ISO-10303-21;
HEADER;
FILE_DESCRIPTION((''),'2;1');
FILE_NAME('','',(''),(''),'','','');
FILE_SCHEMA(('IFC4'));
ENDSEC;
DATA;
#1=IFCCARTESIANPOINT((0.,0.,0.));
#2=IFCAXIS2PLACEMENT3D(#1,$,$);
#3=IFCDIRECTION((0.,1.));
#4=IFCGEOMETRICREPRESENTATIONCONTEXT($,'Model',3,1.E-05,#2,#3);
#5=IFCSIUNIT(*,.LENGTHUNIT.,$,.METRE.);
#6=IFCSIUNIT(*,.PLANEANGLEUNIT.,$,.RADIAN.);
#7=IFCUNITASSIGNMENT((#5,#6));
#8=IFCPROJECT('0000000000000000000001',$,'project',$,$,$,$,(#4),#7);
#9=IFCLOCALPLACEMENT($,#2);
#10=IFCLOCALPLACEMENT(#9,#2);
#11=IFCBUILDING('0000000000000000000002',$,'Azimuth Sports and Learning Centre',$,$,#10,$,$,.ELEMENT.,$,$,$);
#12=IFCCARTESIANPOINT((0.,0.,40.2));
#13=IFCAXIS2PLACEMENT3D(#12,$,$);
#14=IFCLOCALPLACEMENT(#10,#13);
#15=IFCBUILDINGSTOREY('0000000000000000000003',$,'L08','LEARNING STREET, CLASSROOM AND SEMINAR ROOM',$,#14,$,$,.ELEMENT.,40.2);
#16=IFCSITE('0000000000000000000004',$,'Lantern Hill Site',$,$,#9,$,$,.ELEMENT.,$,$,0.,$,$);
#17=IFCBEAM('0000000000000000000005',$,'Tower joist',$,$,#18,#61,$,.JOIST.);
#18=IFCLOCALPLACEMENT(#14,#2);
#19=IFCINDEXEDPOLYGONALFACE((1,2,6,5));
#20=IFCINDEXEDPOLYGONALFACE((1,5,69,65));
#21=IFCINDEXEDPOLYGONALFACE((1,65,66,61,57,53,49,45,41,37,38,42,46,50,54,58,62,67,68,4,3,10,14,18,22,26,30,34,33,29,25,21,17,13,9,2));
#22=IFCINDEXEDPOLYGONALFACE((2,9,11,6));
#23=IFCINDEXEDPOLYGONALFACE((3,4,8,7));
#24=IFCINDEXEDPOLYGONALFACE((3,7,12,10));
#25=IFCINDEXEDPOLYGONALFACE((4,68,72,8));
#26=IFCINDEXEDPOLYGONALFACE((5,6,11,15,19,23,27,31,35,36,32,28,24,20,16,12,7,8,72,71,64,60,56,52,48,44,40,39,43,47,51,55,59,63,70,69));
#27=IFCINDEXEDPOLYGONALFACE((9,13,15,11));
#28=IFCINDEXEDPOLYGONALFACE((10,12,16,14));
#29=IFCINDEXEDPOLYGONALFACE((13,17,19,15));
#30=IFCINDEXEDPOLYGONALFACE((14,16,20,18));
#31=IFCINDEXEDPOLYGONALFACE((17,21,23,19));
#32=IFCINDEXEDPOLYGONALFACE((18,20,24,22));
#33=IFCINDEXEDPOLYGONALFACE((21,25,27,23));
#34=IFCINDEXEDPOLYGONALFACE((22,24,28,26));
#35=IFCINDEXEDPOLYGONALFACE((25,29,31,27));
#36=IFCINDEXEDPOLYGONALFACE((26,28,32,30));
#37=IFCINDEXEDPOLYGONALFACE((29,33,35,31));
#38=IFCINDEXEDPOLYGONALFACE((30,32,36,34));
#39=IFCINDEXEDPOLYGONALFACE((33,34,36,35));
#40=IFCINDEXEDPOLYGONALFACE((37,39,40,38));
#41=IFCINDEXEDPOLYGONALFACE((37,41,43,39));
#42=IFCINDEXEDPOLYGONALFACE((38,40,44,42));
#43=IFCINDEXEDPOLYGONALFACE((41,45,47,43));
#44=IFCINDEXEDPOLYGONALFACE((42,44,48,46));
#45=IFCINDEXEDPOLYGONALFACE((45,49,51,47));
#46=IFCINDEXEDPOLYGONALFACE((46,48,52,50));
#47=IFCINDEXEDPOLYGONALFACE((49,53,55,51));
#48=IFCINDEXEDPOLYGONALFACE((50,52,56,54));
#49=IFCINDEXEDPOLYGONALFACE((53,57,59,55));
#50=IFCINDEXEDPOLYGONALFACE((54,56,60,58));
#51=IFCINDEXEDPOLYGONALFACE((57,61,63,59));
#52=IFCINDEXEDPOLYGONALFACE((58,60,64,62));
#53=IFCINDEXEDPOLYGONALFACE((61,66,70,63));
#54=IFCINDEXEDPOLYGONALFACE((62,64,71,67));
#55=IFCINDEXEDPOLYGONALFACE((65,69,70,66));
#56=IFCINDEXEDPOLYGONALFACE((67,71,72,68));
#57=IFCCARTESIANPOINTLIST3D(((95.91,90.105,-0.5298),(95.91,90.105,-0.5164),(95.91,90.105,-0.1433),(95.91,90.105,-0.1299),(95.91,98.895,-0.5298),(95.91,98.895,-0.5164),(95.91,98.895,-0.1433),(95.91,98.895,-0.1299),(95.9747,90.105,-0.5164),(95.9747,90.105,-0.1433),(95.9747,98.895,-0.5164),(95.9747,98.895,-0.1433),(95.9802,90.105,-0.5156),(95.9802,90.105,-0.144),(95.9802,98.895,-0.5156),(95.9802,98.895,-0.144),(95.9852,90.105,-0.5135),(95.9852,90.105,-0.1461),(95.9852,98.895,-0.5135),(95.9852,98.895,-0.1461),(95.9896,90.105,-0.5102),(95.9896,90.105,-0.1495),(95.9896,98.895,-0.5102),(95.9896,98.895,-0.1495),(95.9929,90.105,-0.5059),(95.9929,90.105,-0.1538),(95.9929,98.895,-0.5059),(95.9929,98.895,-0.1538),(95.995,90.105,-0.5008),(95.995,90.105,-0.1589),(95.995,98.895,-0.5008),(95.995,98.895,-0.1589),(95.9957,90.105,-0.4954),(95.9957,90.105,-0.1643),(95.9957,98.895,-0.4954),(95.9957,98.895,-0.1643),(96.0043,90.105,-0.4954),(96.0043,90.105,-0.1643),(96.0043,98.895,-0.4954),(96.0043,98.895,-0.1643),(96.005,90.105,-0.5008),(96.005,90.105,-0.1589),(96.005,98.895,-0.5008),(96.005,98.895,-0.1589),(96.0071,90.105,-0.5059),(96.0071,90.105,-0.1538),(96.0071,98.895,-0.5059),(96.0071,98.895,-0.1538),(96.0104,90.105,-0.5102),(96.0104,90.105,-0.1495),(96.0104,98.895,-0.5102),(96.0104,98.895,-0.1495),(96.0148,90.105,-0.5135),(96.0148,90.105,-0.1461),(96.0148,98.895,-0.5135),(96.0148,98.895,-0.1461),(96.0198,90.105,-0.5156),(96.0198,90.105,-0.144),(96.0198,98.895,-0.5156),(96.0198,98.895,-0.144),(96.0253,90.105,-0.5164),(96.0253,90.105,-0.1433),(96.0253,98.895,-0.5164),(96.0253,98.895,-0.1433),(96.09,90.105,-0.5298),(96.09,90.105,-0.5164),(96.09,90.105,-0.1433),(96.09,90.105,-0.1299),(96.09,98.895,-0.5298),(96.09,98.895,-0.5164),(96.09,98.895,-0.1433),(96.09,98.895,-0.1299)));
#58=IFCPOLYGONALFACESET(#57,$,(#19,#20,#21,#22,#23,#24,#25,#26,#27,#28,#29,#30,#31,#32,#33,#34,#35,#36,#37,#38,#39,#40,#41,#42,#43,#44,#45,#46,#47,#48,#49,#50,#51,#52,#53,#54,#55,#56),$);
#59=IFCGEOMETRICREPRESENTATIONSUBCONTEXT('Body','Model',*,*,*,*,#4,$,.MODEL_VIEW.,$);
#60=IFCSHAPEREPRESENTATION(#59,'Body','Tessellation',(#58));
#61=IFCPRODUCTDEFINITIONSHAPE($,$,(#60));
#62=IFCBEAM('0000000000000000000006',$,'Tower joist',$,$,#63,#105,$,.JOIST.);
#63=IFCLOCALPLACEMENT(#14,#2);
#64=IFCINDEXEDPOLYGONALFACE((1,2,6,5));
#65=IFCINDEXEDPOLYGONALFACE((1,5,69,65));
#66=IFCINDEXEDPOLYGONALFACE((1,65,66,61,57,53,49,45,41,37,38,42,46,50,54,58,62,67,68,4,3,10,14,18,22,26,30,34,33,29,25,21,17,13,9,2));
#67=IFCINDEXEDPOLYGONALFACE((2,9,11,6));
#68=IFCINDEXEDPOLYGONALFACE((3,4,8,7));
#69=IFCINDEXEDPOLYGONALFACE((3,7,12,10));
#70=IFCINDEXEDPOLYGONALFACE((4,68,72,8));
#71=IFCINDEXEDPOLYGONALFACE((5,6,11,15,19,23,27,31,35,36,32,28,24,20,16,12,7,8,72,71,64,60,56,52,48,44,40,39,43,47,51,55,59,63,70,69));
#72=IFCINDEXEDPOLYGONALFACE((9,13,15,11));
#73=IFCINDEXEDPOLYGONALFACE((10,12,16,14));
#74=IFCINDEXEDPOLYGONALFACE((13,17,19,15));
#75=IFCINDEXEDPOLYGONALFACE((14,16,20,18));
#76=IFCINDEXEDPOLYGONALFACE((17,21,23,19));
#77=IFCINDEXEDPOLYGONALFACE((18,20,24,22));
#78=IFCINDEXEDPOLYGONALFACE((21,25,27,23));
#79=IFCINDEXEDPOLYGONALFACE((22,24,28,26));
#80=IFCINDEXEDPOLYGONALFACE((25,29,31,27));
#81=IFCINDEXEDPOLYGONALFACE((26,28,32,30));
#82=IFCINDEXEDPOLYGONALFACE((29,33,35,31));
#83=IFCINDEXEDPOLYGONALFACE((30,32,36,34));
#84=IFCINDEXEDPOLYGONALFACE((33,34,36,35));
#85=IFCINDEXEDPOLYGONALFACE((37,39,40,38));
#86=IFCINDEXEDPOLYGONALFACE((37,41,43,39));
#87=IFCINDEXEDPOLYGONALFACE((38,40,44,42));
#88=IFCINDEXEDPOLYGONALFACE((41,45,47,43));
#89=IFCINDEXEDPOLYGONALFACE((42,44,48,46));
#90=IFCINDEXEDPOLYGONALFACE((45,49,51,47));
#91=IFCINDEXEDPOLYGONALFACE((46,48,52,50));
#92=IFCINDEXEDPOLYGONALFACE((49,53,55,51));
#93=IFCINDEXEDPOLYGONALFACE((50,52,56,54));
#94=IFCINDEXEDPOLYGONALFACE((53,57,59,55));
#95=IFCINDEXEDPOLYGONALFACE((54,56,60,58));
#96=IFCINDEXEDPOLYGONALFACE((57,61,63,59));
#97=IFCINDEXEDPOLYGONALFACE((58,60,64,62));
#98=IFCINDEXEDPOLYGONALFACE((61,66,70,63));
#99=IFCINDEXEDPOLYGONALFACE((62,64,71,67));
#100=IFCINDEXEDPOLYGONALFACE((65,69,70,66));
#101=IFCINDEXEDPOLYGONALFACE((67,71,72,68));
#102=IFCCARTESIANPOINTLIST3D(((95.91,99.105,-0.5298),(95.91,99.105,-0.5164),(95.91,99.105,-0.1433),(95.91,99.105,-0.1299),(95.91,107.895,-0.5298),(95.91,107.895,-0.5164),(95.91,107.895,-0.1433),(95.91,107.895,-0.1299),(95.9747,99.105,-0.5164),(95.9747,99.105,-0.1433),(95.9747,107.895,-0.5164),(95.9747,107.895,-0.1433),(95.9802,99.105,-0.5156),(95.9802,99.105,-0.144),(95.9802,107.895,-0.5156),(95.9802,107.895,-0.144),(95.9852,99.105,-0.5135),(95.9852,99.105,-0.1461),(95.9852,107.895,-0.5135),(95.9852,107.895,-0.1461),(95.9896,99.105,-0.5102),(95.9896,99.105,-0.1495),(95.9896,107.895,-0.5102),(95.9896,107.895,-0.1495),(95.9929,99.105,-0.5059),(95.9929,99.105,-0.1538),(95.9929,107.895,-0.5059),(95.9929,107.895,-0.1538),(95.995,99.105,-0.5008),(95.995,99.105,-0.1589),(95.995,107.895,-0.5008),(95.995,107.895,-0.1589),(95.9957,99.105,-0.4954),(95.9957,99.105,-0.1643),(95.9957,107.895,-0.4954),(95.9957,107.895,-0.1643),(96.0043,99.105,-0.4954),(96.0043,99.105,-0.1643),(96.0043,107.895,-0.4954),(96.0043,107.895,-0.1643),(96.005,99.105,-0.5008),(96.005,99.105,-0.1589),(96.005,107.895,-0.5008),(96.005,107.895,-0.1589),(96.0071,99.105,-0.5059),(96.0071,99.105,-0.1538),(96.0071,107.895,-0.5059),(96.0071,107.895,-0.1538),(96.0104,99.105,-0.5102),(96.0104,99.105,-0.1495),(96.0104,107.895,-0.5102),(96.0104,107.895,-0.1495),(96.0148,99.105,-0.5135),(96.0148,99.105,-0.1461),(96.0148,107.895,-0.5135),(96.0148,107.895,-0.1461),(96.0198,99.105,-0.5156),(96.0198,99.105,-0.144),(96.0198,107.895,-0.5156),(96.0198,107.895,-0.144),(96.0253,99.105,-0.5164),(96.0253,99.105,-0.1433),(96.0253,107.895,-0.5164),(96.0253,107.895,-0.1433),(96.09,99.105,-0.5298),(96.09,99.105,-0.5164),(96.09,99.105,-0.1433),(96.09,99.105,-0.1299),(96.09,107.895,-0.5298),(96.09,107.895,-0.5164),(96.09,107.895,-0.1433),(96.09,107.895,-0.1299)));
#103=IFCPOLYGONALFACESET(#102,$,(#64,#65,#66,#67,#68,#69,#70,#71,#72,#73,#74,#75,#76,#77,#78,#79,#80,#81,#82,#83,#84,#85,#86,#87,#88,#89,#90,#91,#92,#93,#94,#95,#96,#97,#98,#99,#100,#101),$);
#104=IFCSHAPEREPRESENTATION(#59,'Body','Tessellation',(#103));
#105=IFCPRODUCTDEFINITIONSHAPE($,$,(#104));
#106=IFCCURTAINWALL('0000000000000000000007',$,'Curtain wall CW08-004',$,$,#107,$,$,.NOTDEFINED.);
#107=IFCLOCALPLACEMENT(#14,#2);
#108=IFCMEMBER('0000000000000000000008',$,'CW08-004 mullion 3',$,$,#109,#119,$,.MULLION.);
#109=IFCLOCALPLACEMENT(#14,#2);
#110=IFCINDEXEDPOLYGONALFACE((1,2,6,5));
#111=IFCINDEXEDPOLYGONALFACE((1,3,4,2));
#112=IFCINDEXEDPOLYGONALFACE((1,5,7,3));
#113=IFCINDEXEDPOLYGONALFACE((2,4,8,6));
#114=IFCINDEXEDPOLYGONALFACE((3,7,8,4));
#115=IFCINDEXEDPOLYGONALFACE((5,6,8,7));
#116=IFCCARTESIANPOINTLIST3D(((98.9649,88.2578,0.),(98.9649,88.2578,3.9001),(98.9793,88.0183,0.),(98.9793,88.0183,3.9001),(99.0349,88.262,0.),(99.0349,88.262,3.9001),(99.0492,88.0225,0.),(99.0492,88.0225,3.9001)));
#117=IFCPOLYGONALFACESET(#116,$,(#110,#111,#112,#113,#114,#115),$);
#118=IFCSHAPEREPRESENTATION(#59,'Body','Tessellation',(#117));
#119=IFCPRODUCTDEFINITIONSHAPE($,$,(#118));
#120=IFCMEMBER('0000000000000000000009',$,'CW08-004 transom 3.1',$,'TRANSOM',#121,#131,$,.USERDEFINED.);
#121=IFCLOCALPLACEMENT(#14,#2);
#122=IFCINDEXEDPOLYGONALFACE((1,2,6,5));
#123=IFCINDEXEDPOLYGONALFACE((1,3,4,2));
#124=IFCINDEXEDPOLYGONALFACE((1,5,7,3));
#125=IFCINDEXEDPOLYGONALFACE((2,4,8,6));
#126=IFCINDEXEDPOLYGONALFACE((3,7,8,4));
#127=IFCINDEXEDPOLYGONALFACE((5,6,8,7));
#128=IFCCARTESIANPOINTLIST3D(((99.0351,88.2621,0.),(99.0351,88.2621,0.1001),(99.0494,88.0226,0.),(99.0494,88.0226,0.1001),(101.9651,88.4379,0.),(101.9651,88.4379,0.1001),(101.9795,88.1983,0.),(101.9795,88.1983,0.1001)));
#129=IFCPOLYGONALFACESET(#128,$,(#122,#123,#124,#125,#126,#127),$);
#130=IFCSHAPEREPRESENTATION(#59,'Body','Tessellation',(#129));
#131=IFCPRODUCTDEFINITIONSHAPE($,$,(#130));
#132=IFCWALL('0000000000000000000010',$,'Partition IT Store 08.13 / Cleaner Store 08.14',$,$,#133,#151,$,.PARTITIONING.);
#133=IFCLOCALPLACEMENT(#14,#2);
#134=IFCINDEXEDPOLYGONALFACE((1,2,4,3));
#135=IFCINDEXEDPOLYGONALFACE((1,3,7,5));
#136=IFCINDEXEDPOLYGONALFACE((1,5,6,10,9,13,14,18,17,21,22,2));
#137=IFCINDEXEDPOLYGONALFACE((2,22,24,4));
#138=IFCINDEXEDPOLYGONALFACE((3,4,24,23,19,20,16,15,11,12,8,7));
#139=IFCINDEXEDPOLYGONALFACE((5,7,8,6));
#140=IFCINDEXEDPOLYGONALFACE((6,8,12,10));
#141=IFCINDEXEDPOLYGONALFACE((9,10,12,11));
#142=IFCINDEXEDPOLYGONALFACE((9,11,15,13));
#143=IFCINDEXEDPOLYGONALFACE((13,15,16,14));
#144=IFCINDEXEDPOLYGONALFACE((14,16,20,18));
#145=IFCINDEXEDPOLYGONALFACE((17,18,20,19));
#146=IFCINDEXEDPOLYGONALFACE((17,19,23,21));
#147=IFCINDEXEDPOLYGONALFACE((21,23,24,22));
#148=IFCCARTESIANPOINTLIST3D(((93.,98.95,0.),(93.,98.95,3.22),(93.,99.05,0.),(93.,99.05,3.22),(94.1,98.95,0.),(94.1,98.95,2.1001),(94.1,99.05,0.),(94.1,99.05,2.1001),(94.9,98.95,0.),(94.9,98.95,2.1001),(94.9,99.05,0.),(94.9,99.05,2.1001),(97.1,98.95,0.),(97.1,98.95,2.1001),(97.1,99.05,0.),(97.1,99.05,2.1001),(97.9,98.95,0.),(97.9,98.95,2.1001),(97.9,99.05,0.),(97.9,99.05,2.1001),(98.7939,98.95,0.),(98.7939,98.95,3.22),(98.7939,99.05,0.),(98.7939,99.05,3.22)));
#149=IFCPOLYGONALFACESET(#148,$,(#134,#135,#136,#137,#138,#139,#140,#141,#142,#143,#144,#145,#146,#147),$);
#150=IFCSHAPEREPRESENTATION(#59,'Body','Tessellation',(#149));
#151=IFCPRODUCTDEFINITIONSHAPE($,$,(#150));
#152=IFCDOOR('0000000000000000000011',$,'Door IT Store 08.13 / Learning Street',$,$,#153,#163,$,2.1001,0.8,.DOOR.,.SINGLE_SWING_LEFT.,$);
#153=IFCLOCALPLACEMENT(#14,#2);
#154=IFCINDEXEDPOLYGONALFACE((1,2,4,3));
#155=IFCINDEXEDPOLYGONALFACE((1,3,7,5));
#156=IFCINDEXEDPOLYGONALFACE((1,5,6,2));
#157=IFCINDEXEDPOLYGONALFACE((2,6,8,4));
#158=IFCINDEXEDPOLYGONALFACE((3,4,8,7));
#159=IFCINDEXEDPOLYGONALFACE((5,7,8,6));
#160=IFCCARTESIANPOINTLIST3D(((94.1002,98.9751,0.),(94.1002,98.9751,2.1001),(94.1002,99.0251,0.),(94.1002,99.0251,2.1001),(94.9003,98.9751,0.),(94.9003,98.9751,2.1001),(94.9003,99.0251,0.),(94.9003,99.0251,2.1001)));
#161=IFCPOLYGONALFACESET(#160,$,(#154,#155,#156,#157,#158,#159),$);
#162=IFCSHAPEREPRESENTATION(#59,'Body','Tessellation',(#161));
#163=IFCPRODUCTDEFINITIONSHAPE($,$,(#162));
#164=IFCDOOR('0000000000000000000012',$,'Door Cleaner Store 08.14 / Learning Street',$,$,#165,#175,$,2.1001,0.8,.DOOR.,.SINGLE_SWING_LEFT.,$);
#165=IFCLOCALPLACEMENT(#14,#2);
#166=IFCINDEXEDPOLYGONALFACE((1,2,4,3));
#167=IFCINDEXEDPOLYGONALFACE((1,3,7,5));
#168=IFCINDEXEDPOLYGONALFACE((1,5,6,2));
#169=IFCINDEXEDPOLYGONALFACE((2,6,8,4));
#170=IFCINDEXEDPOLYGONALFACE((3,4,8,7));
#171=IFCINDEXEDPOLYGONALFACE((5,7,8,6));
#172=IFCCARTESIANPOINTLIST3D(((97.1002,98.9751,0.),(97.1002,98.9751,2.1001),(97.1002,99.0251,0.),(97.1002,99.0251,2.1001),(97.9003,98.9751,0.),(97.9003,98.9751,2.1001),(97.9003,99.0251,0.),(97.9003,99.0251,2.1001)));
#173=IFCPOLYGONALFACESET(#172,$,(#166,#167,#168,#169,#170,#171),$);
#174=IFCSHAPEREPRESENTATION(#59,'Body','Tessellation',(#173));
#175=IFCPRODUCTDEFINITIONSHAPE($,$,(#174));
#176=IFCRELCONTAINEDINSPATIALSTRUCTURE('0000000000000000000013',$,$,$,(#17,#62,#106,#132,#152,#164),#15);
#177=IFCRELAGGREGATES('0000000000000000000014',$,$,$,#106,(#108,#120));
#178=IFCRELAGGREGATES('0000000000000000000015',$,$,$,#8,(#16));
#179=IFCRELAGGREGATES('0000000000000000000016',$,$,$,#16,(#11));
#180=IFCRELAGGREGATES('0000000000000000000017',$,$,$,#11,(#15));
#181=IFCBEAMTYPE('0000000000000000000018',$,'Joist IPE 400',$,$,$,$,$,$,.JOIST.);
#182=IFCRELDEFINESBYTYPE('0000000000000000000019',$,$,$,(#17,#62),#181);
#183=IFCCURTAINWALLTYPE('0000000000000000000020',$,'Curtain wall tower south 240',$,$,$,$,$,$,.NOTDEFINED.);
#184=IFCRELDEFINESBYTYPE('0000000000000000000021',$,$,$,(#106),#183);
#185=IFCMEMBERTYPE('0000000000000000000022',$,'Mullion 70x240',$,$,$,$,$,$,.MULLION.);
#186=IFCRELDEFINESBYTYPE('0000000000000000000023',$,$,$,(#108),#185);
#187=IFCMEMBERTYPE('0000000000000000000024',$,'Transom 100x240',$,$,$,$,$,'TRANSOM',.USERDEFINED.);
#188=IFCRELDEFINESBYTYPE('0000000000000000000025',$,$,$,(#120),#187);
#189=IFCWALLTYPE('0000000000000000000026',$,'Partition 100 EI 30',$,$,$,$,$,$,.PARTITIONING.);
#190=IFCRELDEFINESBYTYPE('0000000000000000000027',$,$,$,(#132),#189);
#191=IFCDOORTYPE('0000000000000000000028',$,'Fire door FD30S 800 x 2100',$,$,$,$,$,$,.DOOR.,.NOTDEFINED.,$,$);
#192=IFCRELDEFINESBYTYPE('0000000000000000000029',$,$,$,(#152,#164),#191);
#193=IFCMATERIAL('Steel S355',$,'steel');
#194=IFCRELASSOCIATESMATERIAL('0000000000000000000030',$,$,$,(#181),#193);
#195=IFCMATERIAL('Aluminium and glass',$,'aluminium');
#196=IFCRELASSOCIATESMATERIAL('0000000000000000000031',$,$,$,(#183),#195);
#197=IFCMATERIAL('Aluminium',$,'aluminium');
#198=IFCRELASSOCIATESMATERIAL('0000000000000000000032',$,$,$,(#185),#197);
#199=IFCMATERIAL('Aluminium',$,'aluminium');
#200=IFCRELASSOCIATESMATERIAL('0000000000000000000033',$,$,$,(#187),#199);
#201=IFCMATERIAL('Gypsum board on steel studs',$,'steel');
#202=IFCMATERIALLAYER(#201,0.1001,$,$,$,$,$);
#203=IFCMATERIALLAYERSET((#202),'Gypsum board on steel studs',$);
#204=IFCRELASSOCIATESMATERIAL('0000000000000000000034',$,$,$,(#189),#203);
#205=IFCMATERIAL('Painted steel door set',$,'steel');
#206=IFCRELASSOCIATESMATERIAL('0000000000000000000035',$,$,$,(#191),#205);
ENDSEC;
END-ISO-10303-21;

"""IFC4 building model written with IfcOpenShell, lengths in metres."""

from ifc_helpers import new_model, si_unit, direction, frame, frame_2d, origin, origin_2d, place, context, subcontext, project, spatial, rectangle, i_section, extrude, material, layer, layer_set, material_profile, profile_set, type_object, element, fill, aggregate, save


model = new_model("IFC4")

# Units and contexts
model_context = context("Model", 3, precision=1e-05, world=origin(), true_north=direction((0.0, 1.0)))
body_context = subcontext(model_context, "Body", "Model", "MODEL_VIEW")
ifc_project = project(units=[si_unit("LENGTHUNIT", "METRE"), si_unit("PLANEANGLEUNIT", "RADIAN")], contexts=[model_context])

# Site, building, storey
site_placement = place(None, origin())
site = spatial("IfcSite", under=ifc_project, at=site_placement, Name="Lantern Hill Site", CompositionType="ELEMENT", RefElevation=0.0)
building_placement = place(site_placement, origin())
building = spatial("IfcBuilding", under=site, at=building_placement, Name="Azimuth Sports and Learning Centre", CompositionType="ELEMENT")
storey_placement = place(building_placement, frame((0.0, 0.0, 40.2)))
storey = spatial("IfcBuildingStorey", under=building, at=storey_placement, Name="L08", Description="LEARNING STREET, CLASSROOM AND SEMINAR ROOM", CompositionType="ELEMENT", Elevation=40.2)

# Beams
ifc_material_1 = material(Name="Steel S355", Category="steel")
ifc_material_profile_1 = material_profile(ifc_material_1, i_section(OverallWidth=0.1799, OverallDepth=0.3999, WebThickness=0.0085, FlangeThickness=0.0134, FilletRadius=0.021, at=origin_2d()), Name="IPE 400")
ifc_profile_set_1 = profile_set([ifc_material_profile_1], Name="Steel S355")
beam_type_1 = type_object("IfcBeamType", Name="Joist IPE 400", PredefinedType="JOIST", material=ifc_profile_set_1)
for number, where, z_axis, x_axis, name in (
    (1, (96.0, 90.105, -0.3298), (0.0, 1.0, 0.0), (-1.0, 0.0, 0.0), "Tower joist"),
    (2, (96.0, 99.105, -0.3298), (0.0, 1.0, 0.0), (-1.0, 0.0, 0.0), "Tower joist"),
):
    element("IfcBeam", number, at=place(storey_placement, frame(where, z_axis=z_axis, x_axis=x_axis)), inside=storey, type_object=beam_type_1, Name=name, PredefinedType="JOIST", context=body_context, shape_type="SweptSolid", body=[
        extrude(i_section(OverallWidth=0.1799, OverallDepth=0.3999, WebThickness=0.0085, FlangeThickness=0.0134, FilletRadius=0.021, at=origin_2d()), origin(), (0.0, 0.0, 1.0), 8.79),
    ])

# Curtain wall, members
ifc_material_2 = material(Name="Aluminium and glass", Category="aluminium")
curtain_wall_type = type_object("IfcCurtainWallType", Name="Curtain wall tower south 240", PredefinedType="NOTDEFINED", material=ifc_material_2)
curtain_wall_placement = place(storey_placement, origin())
curtain_wall = element("IfcCurtainWall", 3, at=curtain_wall_placement, inside=storey, type_object=curtain_wall_type, Name="Curtain wall CW08-004", PredefinedType="NOTDEFINED")
ifc_material_3 = material(Name="Aluminium", Category="aluminium")
ifc_material_profile_2 = material_profile(ifc_material_3, rectangle(XDim=0.24, YDim=0.0701, at=origin_2d()), Name="Mullion 70x240")
ifc_profile_set_2 = profile_set([ifc_material_profile_2], Name="Aluminium")
member_type_1 = type_object("IfcMemberType", Name="Mullion 70x240", PredefinedType="MULLION", material=ifc_profile_set_2)
member_1_placement = place(storey_placement, frame((99.0071, 88.1401, 0.0), z_axis=(0.0, 0.0, 1.0), x_axis=(-0.059892, 0.998205, 0.0)))
member_1 = element("IfcMember", 4, at=member_1_placement, type_object=member_type_1, Name="CW08-004 mullion 3", PredefinedType="MULLION", context=body_context, shape_type="SweptSolid", body=[
    extrude(rectangle(XDim=0.24, YDim=0.0701, at=origin_2d()), origin(), (0.0, 0.0, 1.0), 3.9001),
])
ifc_material_4 = material(Name="Aluminium", Category="aluminium")
ifc_material_profile_3 = material_profile(ifc_material_4, rectangle(XDim=0.24, YDim=0.1001, at=origin_2d()), Name="Transom 100x240")
ifc_profile_set_3 = profile_set([ifc_material_profile_3], Name="Aluminium")
member_type_2 = type_object("IfcMemberType", Name="Transom 100x240", ElementType="TRANSOM", PredefinedType="USERDEFINED", material=ifc_profile_set_3)
member_2_placement = place(storey_placement, frame((99.0422, 88.1423, 0.05), z_axis=(0.998205, 0.059887, 0.0), x_axis=(-0.059887, 0.998205, 0.0)))
member_2 = element("IfcMember", 5, at=member_2_placement, type_object=member_type_2, Name="CW08-004 transom 3.1", ObjectType="TRANSOM", PredefinedType="USERDEFINED", context=body_context, shape_type="SweptSolid", body=[
    extrude(rectangle(XDim=0.24, YDim=0.1001, at=origin_2d()), origin(), (0.0, 0.0, 1.0), 2.9353),
])
aggregate(curtain_wall, [member_1, member_2])

# Wall, openings, doors
ifc_material_5 = material(Name="Gypsum board on steel studs", Category="steel")
ifc_layer_1 = layer(ifc_material_5, 0.1001)
ifc_layer_set_1 = layer_set([ifc_layer_1], Name="Gypsum board on steel studs")
wall_type_1 = type_object("IfcWallType", Name="Partition 100 EI 30", PredefinedType="PARTITIONING", material=ifc_layer_set_1)
wall_1_placement = place(storey_placement, frame((93.0, 99.0, 0.0), z_axis=(0.0, 0.0, 1.0), x_axis=(1.0, 0.0, 0.0)))
wall_1 = element("IfcWall", 6, at=wall_1_placement, inside=storey, type_object=wall_type_1, Name="Partition IT Store 08.13 / Cleaner Store 08.14", PredefinedType="PARTITIONING", context=body_context, shape_type="SweptSolid", body=[
    extrude(rectangle(XDim=5.7939, YDim=0.1001, at=frame_2d((2.897, 0.0))), origin(), (0.0, 0.0, 1.0), 3.22),
])
opening_1_placement = place(wall_1_placement, frame((1.1001, 0.0, 0.0)))
opening_1 = element("IfcOpeningElement", 7, at=opening_1_placement, cuts=wall_1, PredefinedType="OPENING", context=body_context, shape_type="SweptSolid", body=[
    extrude(rectangle(XDim=0.8, YDim=2.1001, at=frame_2d((0.3999, 1.05))), frame((0.0, 0.061, 0.0), z_axis=(0.0, -1.0, 0.0), x_axis=(1.0, 0.0, 0.0)), (0.0, 0.0, 1.0), 0.1221),
])
opening_2_placement = place(wall_1_placement, frame((4.1001, 0.0, 0.0)))
opening_2 = element("IfcOpeningElement", 8, at=opening_2_placement, cuts=wall_1, PredefinedType="OPENING", context=body_context, shape_type="SweptSolid", body=[
    extrude(rectangle(XDim=0.8, YDim=2.1001, at=frame_2d((0.3999, 1.05))), frame((0.0, 0.061, 0.0), z_axis=(0.0, -1.0, 0.0), x_axis=(1.0, 0.0, 0.0)), (0.0, 0.0, 1.0), 0.1221),
])
ifc_material_6 = material(Name="Painted steel door set", Category="steel")
door_type = type_object("IfcDoorType", Name="Fire door FD30S 800 x 2100", OperationType="NOTDEFINED", PredefinedType="DOOR", material=ifc_material_6)
door_1_placement = place(opening_1_placement, frame((0.8, 0.0, 0.0), z_axis=(0.0, 0.0, 1.0), x_axis=(-1.0, 0.0, 0.0)))
door_1 = element("IfcDoor", 9, at=door_1_placement, inside=storey, type_object=door_type, Name="Door IT Store 08.13 / Learning Street", OperationType="SINGLE_SWING_LEFT", OverallHeight=2.1001, OverallWidth=0.8, PredefinedType="DOOR", context=body_context, shape_type="SweptSolid", body=[
    extrude(rectangle(XDim=0.8, YDim=2.1001, at=frame_2d((0.3999, 1.05))), frame((0.0, 0.0249, 0.0), z_axis=(0.0, -1.0, 0.0), x_axis=(1.0, 0.0, 0.0)), (0.0, 0.0, 1.0), 0.05),
])
fill(opening_1, door_1)
door_2_placement = place(opening_2_placement, frame((0.8, 0.0, 0.0), z_axis=(0.0, 0.0, 1.0), x_axis=(-1.0, 0.0, 0.0)))
door_2 = element("IfcDoor", 10, at=door_2_placement, inside=storey, type_object=door_type, Name="Door Cleaner Store 08.14 / Learning Street", OperationType="SINGLE_SWING_LEFT", OverallHeight=2.1001, OverallWidth=0.8, PredefinedType="DOOR", context=body_context, shape_type="SweptSolid", body=[
    extrude(rectangle(XDim=0.8, YDim=2.1001, at=frame_2d((0.3999, 1.05))), frame((0.0, 0.0249, 0.0), z_axis=(0.0, -1.0, 0.0), x_axis=(1.0, 0.0, 0.0)), (0.0, 0.0, 1.0), 0.05),
])
fill(opening_2, door_2)

save(model, "model.ifc")
